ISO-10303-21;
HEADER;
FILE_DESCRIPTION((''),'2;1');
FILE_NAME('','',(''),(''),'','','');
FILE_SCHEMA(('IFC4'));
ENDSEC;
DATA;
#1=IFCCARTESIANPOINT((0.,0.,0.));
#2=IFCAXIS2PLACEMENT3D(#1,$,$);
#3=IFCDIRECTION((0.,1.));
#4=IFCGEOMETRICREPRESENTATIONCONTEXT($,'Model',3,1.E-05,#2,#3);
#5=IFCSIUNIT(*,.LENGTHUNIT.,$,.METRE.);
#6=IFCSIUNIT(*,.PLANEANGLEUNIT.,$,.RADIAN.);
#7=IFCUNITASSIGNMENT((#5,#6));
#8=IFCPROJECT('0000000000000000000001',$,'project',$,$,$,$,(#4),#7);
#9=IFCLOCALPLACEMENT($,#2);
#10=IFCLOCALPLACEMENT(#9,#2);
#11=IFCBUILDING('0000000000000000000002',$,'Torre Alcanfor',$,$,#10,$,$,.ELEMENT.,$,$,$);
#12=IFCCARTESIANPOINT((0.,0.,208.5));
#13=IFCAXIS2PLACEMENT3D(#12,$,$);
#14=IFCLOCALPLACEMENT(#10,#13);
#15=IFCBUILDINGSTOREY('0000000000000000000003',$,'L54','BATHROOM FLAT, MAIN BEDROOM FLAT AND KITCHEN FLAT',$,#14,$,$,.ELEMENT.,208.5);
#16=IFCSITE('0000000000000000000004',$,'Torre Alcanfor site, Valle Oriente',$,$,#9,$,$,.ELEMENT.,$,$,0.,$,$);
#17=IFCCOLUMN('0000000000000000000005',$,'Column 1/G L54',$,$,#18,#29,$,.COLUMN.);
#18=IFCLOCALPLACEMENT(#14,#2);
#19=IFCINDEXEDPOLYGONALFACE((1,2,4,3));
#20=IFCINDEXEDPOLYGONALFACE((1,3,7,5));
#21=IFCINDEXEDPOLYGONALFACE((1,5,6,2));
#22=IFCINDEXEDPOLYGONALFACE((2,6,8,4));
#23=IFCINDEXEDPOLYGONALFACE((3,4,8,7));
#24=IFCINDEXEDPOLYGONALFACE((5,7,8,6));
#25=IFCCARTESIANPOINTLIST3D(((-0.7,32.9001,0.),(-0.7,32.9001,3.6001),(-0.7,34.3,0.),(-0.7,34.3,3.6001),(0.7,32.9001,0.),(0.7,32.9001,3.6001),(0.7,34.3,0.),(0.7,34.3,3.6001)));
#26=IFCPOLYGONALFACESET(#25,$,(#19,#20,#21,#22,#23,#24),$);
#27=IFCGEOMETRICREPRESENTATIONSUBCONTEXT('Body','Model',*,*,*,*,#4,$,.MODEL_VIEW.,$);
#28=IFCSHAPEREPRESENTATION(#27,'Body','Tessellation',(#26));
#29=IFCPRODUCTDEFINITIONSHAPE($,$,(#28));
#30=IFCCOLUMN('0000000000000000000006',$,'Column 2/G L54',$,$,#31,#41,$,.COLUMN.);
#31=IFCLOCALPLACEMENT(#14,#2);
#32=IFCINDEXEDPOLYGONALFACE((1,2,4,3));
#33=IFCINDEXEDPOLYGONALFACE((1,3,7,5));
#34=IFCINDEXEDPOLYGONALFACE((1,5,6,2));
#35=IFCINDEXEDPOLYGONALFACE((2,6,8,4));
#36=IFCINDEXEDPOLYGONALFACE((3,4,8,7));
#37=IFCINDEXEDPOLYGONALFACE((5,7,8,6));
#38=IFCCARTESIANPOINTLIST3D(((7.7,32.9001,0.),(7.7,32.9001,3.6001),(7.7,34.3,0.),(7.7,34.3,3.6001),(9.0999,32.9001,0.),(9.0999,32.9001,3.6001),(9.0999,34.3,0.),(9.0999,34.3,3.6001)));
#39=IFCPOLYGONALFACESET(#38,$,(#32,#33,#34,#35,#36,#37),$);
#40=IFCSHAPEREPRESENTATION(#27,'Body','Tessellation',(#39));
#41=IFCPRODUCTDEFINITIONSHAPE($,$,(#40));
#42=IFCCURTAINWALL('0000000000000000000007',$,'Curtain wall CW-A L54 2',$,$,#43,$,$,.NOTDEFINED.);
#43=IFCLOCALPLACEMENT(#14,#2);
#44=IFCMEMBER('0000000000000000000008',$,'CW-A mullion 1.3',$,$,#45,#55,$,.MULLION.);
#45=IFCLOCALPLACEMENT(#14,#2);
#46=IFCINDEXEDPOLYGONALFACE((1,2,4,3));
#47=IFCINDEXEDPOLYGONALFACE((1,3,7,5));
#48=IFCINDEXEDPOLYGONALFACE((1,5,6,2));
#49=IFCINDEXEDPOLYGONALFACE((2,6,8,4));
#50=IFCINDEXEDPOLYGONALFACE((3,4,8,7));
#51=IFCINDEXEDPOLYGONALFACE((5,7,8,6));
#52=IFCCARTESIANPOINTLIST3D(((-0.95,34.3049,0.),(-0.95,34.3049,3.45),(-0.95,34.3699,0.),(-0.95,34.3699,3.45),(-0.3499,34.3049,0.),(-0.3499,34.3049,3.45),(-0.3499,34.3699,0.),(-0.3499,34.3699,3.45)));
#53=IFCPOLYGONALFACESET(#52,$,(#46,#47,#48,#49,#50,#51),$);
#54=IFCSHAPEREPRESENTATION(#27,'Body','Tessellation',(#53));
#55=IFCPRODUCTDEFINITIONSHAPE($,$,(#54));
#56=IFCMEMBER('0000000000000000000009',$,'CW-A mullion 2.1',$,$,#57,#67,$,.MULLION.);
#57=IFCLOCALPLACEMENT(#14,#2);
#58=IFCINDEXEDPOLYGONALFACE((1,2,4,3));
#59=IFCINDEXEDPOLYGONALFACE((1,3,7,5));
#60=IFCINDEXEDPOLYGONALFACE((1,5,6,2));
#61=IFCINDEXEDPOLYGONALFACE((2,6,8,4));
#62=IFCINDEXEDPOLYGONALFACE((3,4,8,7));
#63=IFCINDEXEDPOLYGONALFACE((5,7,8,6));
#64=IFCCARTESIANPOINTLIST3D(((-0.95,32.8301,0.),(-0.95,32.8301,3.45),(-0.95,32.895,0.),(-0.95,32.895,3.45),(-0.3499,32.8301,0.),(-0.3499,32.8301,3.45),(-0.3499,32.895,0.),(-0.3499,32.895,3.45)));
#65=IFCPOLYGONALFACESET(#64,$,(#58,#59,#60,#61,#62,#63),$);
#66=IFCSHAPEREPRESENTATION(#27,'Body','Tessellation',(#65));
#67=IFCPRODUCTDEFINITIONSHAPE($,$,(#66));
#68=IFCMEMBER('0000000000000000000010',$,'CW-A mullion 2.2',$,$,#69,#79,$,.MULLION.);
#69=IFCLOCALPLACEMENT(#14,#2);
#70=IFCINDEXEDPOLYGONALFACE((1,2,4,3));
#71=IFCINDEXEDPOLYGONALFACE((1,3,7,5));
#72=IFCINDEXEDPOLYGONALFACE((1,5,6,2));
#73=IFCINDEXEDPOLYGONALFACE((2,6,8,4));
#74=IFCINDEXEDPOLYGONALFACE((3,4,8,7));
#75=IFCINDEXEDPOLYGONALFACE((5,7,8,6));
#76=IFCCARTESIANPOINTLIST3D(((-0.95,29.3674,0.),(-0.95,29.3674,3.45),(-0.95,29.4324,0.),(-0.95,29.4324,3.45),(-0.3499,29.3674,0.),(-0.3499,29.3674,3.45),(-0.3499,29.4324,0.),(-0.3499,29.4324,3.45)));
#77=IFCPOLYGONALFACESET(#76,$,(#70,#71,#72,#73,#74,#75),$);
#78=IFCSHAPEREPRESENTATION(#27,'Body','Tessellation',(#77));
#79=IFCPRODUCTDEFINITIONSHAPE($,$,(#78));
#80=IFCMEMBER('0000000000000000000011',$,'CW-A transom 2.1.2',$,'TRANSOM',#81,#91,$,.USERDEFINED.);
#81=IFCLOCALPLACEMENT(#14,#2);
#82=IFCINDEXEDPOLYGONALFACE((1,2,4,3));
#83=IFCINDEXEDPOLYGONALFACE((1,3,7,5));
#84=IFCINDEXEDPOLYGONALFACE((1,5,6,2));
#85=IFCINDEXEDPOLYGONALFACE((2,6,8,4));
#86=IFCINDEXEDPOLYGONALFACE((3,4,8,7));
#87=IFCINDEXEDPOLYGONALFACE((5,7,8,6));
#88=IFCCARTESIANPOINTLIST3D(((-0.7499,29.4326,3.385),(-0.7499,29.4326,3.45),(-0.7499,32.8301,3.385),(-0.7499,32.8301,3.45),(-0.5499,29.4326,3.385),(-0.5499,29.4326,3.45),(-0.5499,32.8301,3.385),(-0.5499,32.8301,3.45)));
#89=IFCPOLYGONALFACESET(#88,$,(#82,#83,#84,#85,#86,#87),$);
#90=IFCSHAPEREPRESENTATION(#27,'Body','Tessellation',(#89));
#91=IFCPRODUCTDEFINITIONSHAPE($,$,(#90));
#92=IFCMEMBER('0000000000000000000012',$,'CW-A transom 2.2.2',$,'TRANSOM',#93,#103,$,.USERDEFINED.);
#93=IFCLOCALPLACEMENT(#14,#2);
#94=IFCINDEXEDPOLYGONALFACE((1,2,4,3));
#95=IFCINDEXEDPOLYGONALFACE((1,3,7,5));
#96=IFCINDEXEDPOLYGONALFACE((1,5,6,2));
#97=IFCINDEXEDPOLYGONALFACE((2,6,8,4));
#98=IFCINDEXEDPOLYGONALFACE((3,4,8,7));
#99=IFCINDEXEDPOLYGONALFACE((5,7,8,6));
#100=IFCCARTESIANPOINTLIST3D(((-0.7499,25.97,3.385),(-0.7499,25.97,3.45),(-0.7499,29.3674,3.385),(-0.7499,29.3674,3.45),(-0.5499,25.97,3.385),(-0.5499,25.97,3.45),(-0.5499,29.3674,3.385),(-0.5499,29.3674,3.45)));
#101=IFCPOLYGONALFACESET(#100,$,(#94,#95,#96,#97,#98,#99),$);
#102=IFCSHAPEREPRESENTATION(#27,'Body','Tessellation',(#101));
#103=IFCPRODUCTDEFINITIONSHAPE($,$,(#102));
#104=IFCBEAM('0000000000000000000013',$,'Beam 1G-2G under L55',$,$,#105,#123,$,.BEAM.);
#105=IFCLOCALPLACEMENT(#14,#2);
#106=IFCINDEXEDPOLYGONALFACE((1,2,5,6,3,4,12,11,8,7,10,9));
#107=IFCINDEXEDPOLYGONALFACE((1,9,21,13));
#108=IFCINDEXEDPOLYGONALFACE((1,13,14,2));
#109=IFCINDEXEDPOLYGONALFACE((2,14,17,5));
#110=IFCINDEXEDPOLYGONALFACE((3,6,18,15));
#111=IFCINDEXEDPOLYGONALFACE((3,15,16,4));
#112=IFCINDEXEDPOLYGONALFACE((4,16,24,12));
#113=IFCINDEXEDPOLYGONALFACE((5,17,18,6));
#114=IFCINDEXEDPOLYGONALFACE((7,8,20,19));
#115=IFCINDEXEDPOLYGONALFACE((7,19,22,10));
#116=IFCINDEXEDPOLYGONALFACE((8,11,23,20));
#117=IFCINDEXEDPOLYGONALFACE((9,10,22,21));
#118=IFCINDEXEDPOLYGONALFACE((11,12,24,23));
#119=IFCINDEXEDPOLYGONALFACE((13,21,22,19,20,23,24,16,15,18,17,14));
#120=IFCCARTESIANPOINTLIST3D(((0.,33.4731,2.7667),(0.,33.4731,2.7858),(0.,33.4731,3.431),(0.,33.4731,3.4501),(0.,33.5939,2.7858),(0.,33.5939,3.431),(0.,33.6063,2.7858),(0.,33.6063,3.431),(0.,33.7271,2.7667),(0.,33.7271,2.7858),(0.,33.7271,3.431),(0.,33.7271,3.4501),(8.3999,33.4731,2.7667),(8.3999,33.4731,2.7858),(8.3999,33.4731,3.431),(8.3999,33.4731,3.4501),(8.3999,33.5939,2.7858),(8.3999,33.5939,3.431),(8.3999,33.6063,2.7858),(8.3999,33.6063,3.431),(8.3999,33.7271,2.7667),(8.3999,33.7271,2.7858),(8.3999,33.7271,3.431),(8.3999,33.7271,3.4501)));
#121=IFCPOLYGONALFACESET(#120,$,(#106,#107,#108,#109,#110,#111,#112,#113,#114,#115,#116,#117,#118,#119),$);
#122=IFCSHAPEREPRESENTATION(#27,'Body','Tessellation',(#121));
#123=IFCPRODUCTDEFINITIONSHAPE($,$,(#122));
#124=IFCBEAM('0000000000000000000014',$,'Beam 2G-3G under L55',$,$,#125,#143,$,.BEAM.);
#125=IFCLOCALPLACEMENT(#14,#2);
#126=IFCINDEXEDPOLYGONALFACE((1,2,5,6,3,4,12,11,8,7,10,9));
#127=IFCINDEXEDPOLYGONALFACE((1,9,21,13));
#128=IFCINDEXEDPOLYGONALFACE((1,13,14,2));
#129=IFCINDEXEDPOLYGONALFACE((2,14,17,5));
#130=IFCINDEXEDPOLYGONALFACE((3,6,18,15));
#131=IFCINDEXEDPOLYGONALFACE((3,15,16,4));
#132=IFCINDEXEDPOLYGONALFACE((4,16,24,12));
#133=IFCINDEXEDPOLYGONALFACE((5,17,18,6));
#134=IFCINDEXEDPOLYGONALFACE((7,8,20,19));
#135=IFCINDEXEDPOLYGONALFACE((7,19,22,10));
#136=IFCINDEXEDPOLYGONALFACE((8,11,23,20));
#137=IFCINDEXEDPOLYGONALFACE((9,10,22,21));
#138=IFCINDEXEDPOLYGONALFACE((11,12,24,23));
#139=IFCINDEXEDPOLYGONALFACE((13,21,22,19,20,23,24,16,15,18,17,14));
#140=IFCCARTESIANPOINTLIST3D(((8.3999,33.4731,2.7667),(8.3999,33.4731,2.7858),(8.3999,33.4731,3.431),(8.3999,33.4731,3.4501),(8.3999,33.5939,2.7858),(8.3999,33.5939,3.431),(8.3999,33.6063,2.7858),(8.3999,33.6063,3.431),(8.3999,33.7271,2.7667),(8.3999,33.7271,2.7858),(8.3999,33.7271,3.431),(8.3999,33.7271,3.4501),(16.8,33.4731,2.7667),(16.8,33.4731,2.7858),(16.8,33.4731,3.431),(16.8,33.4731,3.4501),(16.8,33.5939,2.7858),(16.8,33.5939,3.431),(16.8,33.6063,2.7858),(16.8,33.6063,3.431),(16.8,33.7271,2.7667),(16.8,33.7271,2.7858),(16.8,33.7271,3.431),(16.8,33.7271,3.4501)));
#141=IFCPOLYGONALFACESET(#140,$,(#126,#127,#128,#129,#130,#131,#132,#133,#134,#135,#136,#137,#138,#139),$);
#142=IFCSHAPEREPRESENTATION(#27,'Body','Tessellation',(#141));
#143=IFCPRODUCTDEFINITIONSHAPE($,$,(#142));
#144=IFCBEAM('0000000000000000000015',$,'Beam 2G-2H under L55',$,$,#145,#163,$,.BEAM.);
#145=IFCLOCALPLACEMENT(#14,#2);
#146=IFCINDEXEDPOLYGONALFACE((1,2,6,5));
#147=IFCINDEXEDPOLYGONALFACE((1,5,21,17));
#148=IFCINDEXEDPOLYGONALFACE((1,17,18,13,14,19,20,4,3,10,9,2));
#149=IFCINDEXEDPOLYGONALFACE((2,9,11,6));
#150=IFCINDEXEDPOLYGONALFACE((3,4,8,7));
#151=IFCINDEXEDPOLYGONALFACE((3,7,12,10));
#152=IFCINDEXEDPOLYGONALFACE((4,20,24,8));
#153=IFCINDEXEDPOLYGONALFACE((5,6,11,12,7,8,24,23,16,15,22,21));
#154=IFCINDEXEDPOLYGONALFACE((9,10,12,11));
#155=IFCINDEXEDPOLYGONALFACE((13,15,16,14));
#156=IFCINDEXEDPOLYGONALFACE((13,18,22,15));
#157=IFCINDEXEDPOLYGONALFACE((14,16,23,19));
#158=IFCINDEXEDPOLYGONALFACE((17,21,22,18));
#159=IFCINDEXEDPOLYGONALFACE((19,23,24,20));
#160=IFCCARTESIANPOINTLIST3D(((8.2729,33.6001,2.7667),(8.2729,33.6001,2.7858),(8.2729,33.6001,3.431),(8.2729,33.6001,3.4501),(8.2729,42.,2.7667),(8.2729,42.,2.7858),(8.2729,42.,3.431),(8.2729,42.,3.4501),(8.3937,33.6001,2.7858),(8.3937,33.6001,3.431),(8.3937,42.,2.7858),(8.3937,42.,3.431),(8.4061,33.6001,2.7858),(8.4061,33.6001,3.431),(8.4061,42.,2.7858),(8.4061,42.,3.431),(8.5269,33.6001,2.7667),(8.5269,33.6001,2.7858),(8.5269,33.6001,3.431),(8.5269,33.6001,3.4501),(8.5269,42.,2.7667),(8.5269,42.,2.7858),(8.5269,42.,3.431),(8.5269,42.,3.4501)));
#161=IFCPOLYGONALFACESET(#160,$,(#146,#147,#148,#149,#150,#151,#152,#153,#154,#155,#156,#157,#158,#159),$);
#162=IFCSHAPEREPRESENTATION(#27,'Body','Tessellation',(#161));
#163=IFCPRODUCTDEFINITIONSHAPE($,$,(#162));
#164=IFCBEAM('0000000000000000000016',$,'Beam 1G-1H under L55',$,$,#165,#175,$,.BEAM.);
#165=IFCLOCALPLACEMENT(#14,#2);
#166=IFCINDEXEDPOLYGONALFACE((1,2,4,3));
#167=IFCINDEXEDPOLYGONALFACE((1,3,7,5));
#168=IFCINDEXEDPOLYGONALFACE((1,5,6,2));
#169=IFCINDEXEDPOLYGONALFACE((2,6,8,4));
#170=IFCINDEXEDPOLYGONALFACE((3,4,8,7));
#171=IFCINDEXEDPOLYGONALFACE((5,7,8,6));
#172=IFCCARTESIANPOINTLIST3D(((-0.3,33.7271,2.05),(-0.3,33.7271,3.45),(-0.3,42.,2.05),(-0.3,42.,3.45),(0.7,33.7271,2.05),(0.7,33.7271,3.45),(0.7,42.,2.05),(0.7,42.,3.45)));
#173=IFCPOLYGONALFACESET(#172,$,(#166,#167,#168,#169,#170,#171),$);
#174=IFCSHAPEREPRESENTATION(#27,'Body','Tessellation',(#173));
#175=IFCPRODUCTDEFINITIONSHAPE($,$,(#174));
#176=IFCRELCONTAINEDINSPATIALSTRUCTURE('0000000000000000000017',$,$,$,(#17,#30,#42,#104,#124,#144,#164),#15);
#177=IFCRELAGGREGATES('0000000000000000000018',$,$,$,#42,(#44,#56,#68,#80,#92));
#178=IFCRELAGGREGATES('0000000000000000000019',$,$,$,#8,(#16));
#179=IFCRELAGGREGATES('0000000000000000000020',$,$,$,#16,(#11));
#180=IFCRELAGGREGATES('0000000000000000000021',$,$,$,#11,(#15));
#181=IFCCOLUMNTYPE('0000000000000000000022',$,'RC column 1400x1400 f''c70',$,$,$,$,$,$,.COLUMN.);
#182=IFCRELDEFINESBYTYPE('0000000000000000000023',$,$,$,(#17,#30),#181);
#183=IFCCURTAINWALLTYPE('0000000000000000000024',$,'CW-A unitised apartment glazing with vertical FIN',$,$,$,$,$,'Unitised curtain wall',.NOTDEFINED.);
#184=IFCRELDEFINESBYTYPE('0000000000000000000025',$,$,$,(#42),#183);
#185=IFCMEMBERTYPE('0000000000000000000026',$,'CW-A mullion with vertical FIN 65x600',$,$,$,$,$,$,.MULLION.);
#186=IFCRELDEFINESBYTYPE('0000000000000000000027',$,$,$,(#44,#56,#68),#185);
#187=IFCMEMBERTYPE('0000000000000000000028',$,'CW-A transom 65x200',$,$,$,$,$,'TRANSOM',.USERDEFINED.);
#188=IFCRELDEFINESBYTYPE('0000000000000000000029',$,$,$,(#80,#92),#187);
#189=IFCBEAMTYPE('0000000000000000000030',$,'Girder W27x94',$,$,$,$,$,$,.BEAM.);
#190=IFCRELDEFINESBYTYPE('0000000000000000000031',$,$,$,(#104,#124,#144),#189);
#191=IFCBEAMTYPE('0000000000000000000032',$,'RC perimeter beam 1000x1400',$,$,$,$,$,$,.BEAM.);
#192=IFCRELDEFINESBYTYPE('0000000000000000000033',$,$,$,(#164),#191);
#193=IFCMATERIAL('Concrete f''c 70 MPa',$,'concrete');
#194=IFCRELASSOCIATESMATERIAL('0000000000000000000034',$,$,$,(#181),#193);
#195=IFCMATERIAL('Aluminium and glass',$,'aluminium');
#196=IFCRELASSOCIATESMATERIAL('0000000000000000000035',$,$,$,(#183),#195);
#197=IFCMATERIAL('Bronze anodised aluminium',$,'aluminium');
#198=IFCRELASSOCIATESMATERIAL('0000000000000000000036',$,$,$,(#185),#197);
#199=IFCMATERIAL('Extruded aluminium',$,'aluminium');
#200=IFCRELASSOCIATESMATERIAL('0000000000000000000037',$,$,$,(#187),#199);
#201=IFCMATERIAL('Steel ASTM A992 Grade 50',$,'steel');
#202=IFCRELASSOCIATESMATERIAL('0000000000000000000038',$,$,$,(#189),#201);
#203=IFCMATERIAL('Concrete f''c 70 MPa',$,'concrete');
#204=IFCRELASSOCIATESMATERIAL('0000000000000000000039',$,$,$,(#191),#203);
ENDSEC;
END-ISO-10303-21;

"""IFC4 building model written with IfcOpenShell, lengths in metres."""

from ifc_helpers import new_model, si_unit, direction, frame, origin, origin_2d, place, context, subcontext, project, spatial, rectangle, i_section, extrude, material, material_profile, profile_set, type_object, element, aggregate, save


model = new_model("IFC4")

# Units and contexts
model_context = context("Model", 3, precision=1e-05, world=origin(), true_north=direction((0.0, 1.0)))
body_context = subcontext(model_context, "Body", "Model", "MODEL_VIEW")
ifc_project = project(units=[si_unit("LENGTHUNIT", "METRE"), si_unit("PLANEANGLEUNIT", "RADIAN")], contexts=[model_context])

# Site, building, storey
site_placement = place(None, origin())
site = spatial("IfcSite", under=ifc_project, at=site_placement, Name="Torre Alcanfor site, Valle Oriente", CompositionType="ELEMENT", RefElevation=0.0)
building_placement = place(site_placement, origin())
building = spatial("IfcBuilding", under=site, at=building_placement, Name="Torre Alcanfor", CompositionType="ELEMENT")
storey_placement = place(building_placement, frame((0.0, 0.0, 208.5)))
storey = spatial("IfcBuildingStorey", under=building, at=storey_placement, Name="L54", Description="BATHROOM FLAT, MAIN BEDROOM FLAT AND KITCHEN FLAT", CompositionType="ELEMENT", Elevation=208.5)

# Columns
ifc_material_1 = material(Name="Concrete f'c 70 MPa", Category="concrete")
ifc_material_profile_1 = material_profile(ifc_material_1, rectangle(XDim=1.3999, YDim=1.3999, at=origin_2d()), Name="1400x1400")
ifc_profile_set_1 = profile_set([ifc_material_profile_1], Name="Concrete f'c 70 MPa")
column_type = type_object("IfcColumnType", Name="RC column 1400x1400 f'c70", PredefinedType="COLUMN", material=ifc_profile_set_1)
for number, where, z_axis, x_axis, name in (
    (1, (0.0, 33.6001, 0.0), (0.0, 0.0, 1.0), (1.0, 0.0, 0.0), "Column 1/G L54"),
    (2, (8.3999, 33.6001, 0.0), (0.0, 0.0, 1.0), (1.0, 0.0, 0.0), "Column 2/G L54"),
):
    element("IfcColumn", number, at=place(storey_placement, frame(where, z_axis=z_axis, x_axis=x_axis)), inside=storey, type_object=column_type, Name=name, PredefinedType="COLUMN", context=body_context, shape_type="SweptSolid", body=[
        extrude(rectangle(XDim=1.3999, YDim=1.3999, at=origin_2d()), origin(), (0.0, 0.0, 1.0), 3.6001),
    ])

# Curtain wall, members
ifc_material_2 = material(Name="Aluminium and glass", Category="aluminium")
curtain_wall_type = type_object("IfcCurtainWallType", Name="CW-A unitised apartment glazing with vertical FIN", ElementType="Unitised curtain wall", PredefinedType="NOTDEFINED", material=ifc_material_2)
curtain_wall_placement = place(storey_placement, origin())
curtain_wall = element("IfcCurtainWall", 3, at=curtain_wall_placement, inside=storey, type_object=curtain_wall_type, Name="Curtain wall CW-A L54 2", PredefinedType="NOTDEFINED")
ifc_material_3 = material(Name="Bronze anodised aluminium", Category="aluminium")
ifc_material_profile_2 = material_profile(ifc_material_3, rectangle(XDim=0.6001, YDim=0.0649, at=origin_2d()), Name="CW-A mullion 65x600")
ifc_profile_set_2 = profile_set([ifc_material_profile_2], Name="Bronze anodised aluminium")
member_type_1 = type_object("IfcMemberType", Name="CW-A mullion with vertical FIN 65x600", PredefinedType="MULLION", material=ifc_profile_set_2)
member_1_placement = place(storey_placement, frame((-0.6499, 34.3374, 0.0), z_axis=(0.0, 0.0, 1.0), x_axis=(1.0, 0.0, 0.0)))
member_1 = element("IfcMember", 4, at=member_1_placement, type_object=member_type_1, Name="CW-A mullion 1.3", PredefinedType="MULLION", context=body_context, shape_type="SweptSolid", body=[
    extrude(rectangle(XDim=0.6001, YDim=0.0649, at=origin_2d()), origin(), (0.0, 0.0, 1.0), 3.45),
])
member_2_placement = place(storey_placement, frame((-0.6499, 32.8625, 0.0), z_axis=(0.0, 0.0, 1.0), x_axis=(1.0, 0.0, 0.0)))
member_2 = element("IfcMember", 5, at=member_2_placement, type_object=member_type_1, Name="CW-A mullion 2.1", PredefinedType="MULLION", context=body_context, shape_type="SweptSolid", body=[
    extrude(rectangle(XDim=0.6001, YDim=0.0649, at=origin_2d()), origin(), (0.0, 0.0, 1.0), 3.45),
])
member_3_placement = place(storey_placement, frame((-0.6499, 29.3999, 0.0), z_axis=(0.0, 0.0, 1.0), x_axis=(1.0, 0.0, 0.0)))
member_3 = element("IfcMember", 6, at=member_3_placement, type_object=member_type_1, Name="CW-A mullion 2.2", PredefinedType="MULLION", context=body_context, shape_type="SweptSolid", body=[
    extrude(rectangle(XDim=0.6001, YDim=0.0649, at=origin_2d()), origin(), (0.0, 0.0, 1.0), 3.45),
])
ifc_material_4 = material(Name="Extruded aluminium", Category="aluminium")
ifc_material_profile_3 = material_profile(ifc_material_4, rectangle(XDim=0.2, YDim=0.0649, at=origin_2d()), Name="CW-A transom 200x65")
ifc_profile_set_3 = profile_set([ifc_material_profile_3], Name="Extruded aluminium")
member_type_2 = type_object("IfcMemberType", Name="CW-A transom 65x200", ElementType="TRANSOM", PredefinedType="USERDEFINED", material=ifc_profile_set_3)
member_4_placement = place(storey_placement, frame((-0.6499, 32.8301, 3.4175), z_axis=(0.0, -1.0, 0.0), x_axis=(1.0, 0.0, 0.0)))
member_4 = element("IfcMember", 7, at=member_4_placement, type_object=member_type_2, Name="CW-A transom 2.1.2", ObjectType="TRANSOM", PredefinedType="USERDEFINED", context=body_context, shape_type="SweptSolid", body=[
    extrude(rectangle(XDim=0.2, YDim=0.0649, at=origin_2d()), origin(), (0.0, 0.0, 1.0), 3.3975),
])
member_5_placement = place(storey_placement, frame((-0.6499, 29.3674, 3.4175), z_axis=(0.0, -1.0, 0.0), x_axis=(1.0, 0.0, 0.0)))
member_5 = element("IfcMember", 8, at=member_5_placement, type_object=member_type_2, Name="CW-A transom 2.2.2", ObjectType="TRANSOM", PredefinedType="USERDEFINED", context=body_context, shape_type="SweptSolid", body=[
    extrude(rectangle(XDim=0.2, YDim=0.0649, at=origin_2d()), origin(), (0.0, 0.0, 1.0), 3.3975),
])

# Beams
ifc_material_5 = material(Name="Steel ASTM A992 Grade 50", Category="steel")
ifc_material_profile_4 = material_profile(ifc_material_5, i_section(OverallWidth=0.2539, OverallDepth=0.6833, WebThickness=0.0125, FlangeThickness=0.019, at=origin_2d()), Name="W27x94")
ifc_profile_set_4 = profile_set([ifc_material_profile_4], Name="Steel ASTM A992 Grade 50")
beam_type_1 = type_object("IfcBeamType", Name="Girder W27x94", PredefinedType="BEAM", material=ifc_profile_set_4)
beam_1_placement = place(storey_placement, frame((0.0, 33.6001, 3.1084), z_axis=(1.0, 0.0, 0.0), x_axis=(0.0, 1.0, 0.0)))
element("IfcBeam", 9, at=beam_1_placement, inside=storey, type_object=beam_type_1, Name="Beam 1G-2G under L55", PredefinedType="BEAM", context=body_context, shape_type="SweptSolid", body=[
    extrude(i_section(OverallWidth=0.2539, OverallDepth=0.6833, WebThickness=0.0125, FlangeThickness=0.019, at=origin_2d()), origin(), (0.0, 0.0, 1.0), 8.3999),
])
beam_2_placement = place(storey_placement, frame((8.3999, 33.6001, 3.1084), z_axis=(1.0, 0.0, 0.0), x_axis=(0.0, 1.0, 0.0)))
element("IfcBeam", 10, at=beam_2_placement, inside=storey, type_object=beam_type_1, Name="Beam 2G-3G under L55", PredefinedType="BEAM", context=body_context, shape_type="SweptSolid", body=[
    extrude(i_section(OverallWidth=0.2539, OverallDepth=0.6833, WebThickness=0.0125, FlangeThickness=0.019, at=origin_2d()), origin(), (0.0, 0.0, 1.0), 8.4001),
])
beam_3_placement = place(storey_placement, frame((8.3999, 33.6001, 3.1084), z_axis=(0.0, 1.0, 0.0), x_axis=(-1.0, 0.0, 0.0)))
element("IfcBeam", 11, at=beam_3_placement, inside=storey, type_object=beam_type_1, Name="Beam 2G-2H under L55", PredefinedType="BEAM", context=body_context, shape_type="SweptSolid", body=[
    extrude(i_section(OverallWidth=0.2539, OverallDepth=0.6833, WebThickness=0.0125, FlangeThickness=0.019, at=origin_2d()), origin(), (0.0, 0.0, 1.0), 8.3999),
])
ifc_material_6 = material(Name="Concrete f'c 70 MPa", Category="concrete")
ifc_material_profile_5 = material_profile(ifc_material_6, rectangle(XDim=1.0, YDim=1.3999, at=origin_2d()), Name="1000x1400")
ifc_profile_set_5 = profile_set([ifc_material_profile_5], Name="Concrete f'c 70 MPa")
beam_type_2 = type_object("IfcBeamType", Name="RC perimeter beam 1000x1400", PredefinedType="BEAM", material=ifc_profile_set_5)
beam_4_placement = place(storey_placement, frame((0.2, 33.7271, 2.75), z_axis=(0.0, 1.0, 0.0), x_axis=(-1.0, 0.0, 0.0)))
element("IfcBeam", 12, at=beam_4_placement, inside=storey, type_object=beam_type_2, Name="Beam 1G-1H under L55", PredefinedType="BEAM", context=body_context, shape_type="SweptSolid", body=[
    extrude(rectangle(XDim=1.0, YDim=1.3999, at=origin_2d()), origin(), (0.0, 0.0, 1.0), 8.2729),
])

aggregate(curtain_wall, [member_1, member_2, member_3, member_4, member_5])

save(model, "model.ifc")
